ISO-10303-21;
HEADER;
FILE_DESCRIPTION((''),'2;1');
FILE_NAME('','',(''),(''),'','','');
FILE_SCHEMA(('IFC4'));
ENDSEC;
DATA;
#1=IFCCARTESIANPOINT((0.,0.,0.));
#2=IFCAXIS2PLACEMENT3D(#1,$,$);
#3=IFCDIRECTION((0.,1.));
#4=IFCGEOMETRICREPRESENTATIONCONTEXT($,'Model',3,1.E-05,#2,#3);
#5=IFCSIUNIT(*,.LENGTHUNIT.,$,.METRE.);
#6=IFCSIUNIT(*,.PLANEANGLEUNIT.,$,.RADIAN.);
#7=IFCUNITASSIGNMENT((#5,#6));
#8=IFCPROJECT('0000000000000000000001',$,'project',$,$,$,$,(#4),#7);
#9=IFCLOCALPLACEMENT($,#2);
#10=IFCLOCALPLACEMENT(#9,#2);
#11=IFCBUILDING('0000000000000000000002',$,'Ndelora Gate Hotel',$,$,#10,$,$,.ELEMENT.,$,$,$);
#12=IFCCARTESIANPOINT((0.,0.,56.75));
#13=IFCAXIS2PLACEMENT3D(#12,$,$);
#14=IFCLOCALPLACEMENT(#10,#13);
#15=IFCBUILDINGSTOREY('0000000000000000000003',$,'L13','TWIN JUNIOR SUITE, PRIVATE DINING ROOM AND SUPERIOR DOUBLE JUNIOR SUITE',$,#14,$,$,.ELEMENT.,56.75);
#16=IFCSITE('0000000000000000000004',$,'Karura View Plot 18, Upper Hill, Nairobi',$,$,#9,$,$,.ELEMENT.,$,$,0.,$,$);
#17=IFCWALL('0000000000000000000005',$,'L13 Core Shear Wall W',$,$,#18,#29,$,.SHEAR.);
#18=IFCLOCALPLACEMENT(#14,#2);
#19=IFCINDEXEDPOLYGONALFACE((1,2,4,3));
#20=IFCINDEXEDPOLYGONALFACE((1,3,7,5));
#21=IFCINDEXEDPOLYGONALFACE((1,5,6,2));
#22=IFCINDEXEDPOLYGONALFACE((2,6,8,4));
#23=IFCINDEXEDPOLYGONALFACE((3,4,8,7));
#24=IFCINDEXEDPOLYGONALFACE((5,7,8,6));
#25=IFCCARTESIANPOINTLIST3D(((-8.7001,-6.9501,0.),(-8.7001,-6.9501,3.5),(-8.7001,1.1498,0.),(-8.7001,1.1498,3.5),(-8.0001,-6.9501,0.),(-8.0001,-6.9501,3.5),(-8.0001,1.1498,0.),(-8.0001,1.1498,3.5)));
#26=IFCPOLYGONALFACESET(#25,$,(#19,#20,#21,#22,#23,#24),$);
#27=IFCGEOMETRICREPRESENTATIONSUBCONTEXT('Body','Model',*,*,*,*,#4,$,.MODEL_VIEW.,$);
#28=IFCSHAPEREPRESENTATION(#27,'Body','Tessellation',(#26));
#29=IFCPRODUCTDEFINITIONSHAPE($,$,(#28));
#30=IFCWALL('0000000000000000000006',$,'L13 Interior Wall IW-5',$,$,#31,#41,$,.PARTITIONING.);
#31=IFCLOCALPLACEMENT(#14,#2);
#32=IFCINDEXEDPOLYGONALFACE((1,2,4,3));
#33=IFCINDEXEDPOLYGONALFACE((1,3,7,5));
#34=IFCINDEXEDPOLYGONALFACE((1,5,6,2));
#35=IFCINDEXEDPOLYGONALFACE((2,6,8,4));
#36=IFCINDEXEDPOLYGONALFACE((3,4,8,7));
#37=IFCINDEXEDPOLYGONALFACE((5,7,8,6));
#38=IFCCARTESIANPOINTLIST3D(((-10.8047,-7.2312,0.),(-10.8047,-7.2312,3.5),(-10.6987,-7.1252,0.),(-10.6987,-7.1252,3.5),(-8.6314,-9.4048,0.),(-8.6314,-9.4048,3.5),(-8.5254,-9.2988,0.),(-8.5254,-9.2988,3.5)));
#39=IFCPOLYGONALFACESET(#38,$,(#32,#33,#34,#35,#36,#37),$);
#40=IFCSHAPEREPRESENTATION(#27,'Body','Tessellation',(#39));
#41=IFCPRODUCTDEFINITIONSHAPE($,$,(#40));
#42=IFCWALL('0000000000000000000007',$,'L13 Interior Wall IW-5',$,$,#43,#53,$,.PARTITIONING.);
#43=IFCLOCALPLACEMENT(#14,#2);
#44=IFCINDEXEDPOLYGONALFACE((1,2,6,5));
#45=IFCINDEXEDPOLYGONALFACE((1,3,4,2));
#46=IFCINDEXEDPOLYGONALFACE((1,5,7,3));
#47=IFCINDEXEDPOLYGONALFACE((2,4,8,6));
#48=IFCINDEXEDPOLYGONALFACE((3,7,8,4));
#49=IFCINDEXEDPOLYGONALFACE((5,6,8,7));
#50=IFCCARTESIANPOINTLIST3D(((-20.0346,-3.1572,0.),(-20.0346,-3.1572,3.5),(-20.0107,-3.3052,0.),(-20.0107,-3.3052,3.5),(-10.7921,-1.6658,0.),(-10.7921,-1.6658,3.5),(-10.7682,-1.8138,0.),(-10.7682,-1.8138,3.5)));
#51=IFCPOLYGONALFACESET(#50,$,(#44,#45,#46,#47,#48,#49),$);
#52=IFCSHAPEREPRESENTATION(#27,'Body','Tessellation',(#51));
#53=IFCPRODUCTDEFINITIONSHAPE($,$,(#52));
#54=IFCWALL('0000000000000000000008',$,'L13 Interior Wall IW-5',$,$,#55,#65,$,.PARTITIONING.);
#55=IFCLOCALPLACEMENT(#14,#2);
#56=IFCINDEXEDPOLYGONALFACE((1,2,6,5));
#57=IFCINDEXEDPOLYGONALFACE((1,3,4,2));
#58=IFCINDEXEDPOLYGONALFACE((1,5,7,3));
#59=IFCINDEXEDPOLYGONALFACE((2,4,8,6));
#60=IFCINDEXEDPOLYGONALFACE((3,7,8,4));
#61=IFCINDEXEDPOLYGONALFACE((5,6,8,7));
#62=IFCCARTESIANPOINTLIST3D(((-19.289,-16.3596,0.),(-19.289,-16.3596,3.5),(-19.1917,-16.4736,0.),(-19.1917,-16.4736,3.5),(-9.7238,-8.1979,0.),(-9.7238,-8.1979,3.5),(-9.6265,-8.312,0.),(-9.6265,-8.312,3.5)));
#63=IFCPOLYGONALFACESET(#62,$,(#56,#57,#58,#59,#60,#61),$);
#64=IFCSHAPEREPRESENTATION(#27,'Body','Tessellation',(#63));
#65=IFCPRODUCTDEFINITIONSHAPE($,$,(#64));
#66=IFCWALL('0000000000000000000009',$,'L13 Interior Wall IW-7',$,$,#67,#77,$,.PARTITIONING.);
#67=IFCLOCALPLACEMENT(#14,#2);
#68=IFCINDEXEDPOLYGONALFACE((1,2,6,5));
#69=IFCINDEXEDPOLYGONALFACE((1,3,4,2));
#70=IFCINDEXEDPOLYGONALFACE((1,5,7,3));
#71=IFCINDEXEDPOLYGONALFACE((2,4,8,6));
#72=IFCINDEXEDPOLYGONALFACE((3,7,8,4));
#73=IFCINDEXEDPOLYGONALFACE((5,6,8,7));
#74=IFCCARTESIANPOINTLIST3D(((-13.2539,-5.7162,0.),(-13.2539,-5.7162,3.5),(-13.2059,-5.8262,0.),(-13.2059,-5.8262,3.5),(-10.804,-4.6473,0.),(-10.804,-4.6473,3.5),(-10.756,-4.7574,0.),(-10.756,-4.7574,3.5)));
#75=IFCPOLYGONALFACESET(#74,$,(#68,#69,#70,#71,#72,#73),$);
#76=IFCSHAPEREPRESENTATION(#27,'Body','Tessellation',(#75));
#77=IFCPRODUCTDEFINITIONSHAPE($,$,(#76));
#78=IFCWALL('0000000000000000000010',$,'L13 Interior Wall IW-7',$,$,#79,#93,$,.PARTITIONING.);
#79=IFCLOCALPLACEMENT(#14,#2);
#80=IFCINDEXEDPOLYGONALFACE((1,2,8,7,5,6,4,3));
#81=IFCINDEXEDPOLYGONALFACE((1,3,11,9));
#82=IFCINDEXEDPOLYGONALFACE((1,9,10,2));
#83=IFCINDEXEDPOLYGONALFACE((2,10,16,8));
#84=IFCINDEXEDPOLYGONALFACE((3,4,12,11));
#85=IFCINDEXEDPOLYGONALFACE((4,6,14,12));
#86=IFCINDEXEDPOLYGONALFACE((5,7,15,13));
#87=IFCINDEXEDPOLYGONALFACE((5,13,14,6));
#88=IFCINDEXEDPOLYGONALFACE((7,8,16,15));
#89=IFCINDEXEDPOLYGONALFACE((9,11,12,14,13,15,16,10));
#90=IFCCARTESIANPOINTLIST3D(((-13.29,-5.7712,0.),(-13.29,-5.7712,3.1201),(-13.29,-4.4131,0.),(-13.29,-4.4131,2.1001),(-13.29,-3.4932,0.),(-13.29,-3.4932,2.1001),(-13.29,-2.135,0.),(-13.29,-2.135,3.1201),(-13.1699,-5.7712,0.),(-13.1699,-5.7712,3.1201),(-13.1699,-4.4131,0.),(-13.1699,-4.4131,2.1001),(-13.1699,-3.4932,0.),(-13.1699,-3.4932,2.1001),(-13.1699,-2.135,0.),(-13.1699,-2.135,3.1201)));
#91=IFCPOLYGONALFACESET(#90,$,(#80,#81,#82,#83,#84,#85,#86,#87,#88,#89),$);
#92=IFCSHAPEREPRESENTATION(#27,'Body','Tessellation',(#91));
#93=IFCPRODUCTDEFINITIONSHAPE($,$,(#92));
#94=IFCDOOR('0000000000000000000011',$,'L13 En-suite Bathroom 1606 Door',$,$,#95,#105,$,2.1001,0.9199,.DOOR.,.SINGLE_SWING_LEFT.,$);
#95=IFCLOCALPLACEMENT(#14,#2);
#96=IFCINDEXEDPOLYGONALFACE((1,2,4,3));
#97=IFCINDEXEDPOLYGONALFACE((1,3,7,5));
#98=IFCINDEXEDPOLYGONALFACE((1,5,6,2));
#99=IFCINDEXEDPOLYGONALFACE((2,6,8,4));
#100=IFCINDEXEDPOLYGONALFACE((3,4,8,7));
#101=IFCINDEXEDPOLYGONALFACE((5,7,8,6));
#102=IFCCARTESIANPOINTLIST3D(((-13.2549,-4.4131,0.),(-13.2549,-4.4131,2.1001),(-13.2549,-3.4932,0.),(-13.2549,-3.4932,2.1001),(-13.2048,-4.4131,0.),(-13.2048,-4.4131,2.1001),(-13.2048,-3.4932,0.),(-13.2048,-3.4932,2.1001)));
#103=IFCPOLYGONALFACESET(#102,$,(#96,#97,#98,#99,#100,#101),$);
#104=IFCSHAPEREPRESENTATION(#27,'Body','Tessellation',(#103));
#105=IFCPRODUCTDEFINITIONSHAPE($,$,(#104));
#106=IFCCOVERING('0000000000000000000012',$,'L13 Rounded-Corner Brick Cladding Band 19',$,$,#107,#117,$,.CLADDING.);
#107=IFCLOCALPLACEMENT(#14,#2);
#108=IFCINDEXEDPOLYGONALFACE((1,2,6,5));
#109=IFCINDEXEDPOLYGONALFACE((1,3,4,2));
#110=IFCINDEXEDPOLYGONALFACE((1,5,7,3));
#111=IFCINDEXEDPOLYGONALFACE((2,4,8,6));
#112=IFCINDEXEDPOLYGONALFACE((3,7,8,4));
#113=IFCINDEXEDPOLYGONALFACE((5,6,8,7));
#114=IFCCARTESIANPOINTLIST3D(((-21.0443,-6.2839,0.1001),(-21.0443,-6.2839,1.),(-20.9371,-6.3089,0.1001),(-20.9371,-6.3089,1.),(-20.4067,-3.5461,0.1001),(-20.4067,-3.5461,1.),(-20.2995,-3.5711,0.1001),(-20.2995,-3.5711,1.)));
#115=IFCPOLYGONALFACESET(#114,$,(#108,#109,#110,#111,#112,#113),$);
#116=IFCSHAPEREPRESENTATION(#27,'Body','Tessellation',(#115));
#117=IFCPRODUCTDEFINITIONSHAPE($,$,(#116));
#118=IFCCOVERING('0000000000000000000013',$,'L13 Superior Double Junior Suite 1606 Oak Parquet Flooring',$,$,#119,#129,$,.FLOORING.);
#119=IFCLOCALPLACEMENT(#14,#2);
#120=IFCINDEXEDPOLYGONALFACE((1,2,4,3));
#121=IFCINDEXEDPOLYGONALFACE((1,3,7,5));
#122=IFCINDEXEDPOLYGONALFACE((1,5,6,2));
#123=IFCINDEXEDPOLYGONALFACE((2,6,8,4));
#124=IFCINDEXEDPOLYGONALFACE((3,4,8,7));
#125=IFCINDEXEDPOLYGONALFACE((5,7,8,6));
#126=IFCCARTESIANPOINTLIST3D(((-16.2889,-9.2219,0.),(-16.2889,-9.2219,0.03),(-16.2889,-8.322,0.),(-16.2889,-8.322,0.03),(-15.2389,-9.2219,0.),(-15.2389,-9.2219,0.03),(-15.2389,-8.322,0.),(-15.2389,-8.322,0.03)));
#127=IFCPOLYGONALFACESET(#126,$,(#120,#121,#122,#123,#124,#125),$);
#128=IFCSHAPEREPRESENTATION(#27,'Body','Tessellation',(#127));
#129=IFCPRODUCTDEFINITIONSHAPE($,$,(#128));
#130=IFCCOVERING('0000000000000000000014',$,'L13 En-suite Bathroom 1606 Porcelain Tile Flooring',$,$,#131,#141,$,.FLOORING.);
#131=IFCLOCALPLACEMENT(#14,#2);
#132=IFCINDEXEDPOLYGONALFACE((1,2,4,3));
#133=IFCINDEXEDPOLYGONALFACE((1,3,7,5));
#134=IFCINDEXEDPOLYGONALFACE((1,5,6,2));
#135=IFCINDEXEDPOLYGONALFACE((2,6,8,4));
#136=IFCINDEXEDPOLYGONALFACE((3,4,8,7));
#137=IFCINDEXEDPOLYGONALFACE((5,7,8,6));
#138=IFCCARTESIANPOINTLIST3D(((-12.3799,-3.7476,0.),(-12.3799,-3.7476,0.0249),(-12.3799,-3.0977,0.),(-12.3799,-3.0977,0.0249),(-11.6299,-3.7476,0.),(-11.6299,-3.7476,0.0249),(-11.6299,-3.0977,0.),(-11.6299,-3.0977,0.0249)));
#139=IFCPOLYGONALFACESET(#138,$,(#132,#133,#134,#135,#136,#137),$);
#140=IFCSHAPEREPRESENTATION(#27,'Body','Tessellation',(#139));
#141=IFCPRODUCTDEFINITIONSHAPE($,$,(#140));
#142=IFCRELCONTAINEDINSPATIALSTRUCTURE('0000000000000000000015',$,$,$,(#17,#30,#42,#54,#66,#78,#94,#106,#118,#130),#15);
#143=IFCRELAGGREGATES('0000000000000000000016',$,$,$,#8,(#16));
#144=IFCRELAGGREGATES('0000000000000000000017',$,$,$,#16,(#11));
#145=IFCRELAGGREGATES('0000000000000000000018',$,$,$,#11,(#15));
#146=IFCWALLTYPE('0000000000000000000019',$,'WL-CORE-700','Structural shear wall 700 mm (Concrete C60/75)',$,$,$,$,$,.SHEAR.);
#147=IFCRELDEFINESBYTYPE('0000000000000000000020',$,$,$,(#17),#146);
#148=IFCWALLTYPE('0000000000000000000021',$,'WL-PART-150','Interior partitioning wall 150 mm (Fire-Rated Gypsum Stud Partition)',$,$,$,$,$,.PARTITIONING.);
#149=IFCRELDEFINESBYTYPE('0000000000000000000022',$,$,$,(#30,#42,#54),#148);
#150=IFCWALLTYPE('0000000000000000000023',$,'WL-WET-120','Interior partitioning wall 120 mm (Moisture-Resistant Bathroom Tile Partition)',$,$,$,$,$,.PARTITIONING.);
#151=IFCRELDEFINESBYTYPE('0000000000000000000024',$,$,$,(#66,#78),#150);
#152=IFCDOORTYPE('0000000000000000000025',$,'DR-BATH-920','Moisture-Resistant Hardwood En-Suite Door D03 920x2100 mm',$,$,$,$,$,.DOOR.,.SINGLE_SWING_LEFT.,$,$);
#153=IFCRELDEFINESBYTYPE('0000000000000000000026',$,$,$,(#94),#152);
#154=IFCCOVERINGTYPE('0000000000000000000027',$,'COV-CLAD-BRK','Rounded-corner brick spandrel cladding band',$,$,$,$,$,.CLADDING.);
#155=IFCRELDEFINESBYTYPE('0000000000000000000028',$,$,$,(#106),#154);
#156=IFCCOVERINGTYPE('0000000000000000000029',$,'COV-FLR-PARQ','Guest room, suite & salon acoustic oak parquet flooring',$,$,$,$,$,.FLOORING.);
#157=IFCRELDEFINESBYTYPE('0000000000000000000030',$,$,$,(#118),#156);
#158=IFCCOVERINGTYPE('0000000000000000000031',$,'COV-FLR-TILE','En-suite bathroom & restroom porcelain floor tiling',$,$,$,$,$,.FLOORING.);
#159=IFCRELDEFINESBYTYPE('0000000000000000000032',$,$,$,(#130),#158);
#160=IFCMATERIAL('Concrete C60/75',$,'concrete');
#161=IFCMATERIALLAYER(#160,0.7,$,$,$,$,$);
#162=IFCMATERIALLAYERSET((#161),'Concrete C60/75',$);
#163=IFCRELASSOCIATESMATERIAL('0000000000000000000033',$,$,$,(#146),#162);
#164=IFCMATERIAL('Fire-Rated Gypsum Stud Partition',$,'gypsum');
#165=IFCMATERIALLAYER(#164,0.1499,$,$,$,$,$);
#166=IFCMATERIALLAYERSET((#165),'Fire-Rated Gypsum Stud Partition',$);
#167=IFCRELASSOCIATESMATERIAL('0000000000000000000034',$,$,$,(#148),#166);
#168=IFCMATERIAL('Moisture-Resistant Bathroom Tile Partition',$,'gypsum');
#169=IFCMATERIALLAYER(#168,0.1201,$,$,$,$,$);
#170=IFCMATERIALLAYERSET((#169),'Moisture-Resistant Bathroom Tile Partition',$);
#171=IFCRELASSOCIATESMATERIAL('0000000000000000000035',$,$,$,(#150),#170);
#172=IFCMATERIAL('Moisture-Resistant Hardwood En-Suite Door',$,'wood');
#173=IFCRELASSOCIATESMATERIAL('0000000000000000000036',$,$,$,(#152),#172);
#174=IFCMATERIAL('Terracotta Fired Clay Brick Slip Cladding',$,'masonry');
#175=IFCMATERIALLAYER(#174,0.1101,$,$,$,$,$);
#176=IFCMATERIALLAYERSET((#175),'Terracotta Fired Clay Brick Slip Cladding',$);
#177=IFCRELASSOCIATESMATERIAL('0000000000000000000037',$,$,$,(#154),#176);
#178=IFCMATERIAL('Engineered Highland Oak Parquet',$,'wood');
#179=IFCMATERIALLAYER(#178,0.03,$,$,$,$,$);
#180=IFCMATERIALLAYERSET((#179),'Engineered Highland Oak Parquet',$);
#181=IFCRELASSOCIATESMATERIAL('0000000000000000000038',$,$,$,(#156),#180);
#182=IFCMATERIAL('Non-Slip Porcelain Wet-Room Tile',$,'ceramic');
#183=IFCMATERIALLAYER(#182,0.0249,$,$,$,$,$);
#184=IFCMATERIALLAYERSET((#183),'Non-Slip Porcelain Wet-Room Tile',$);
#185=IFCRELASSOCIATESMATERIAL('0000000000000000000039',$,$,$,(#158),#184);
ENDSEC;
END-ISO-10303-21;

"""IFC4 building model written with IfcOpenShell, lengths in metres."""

from ifc_helpers import new_model, si_unit, direction, frame, frame_2d, origin, origin_2d, place, context, subcontext, project, spatial, rectangle, extrude, material, layer, layer_set, type_object, element, fill, save


model = new_model("IFC4")

# Units and contexts
model_context = context("Model", 3, precision=1e-05, world=origin(), true_north=direction((0.0, 1.0)))
body_context = subcontext(model_context, "Body", "Model", "MODEL_VIEW")
ifc_project = project(units=[si_unit("LENGTHUNIT", "METRE"), si_unit("PLANEANGLEUNIT", "RADIAN")], contexts=[model_context])

# Site, building, storey
site_placement = place(None, origin())
site = spatial("IfcSite", under=ifc_project, at=site_placement, Name="Karura View Plot 18, Upper Hill, Nairobi", CompositionType="ELEMENT", RefElevation=0.0)
building_placement = place(site_placement, origin())
building = spatial("IfcBuilding", under=site, at=building_placement, Name="Ndelora Gate Hotel", CompositionType="ELEMENT")
storey_placement = place(building_placement, frame((0.0, 0.0, 56.75)))
storey = spatial("IfcBuildingStorey", under=building, at=storey_placement, Name="L13", Description="TWIN JUNIOR SUITE, PRIVATE DINING ROOM AND SUPERIOR DOUBLE JUNIOR SUITE", CompositionType="ELEMENT", Elevation=56.75)

# Shared definitions
ifc_material_1 = material(Name="Concrete C60/75", Category="concrete")

# Wall
ifc_layer_1 = layer(ifc_material_1, 0.7)
ifc_layer_set_1 = layer_set([ifc_layer_1], Name="Concrete C60/75")
wall_type_1 = type_object("IfcWallType", Name="WL-CORE-700", Description="Structural shear wall 700 mm (Concrete C60/75)", PredefinedType="SHEAR", material=ifc_layer_set_1)
wall_1_placement = place(storey_placement, frame((-8.3501, -6.95, 0.0), z_axis=(0.0, 0.0, 1.0), x_axis=(0.0, 1.0, 0.0)))
element("IfcWall", 1, at=wall_1_placement, inside=storey, type_object=wall_type_1, Name="L13 Core Shear Wall W", PredefinedType="SHEAR", context=body_context, shape_type="SweptSolid", body=[
    extrude(rectangle(XDim=8.0999, YDim=0.7, at=frame_2d((4.0498, 0.0))), origin(), (0.0, 0.0, 1.0), 3.5),
])

# Shared definitions
ifc_material_2 = material(Name="Fire-Rated Gypsum Stud Partition", Category="gypsum")
ifc_layer_2 = layer(ifc_material_2, 0.1499)
ifc_layer_set_2 = layer_set([ifc_layer_2], Name="Fire-Rated Gypsum Stud Partition")
wall_type_2 = type_object("IfcWallType", Name="WL-PART-150", Description="Interior partitioning wall 150 mm (Fire-Rated Gypsum Stud Partition)", PredefinedType="PARTITIONING", material=ifc_layer_set_2)

# Walls
wall_2_placement = place(storey_placement, frame((-8.5784, -9.3518, 0.0), z_axis=(0.0, 0.0, 1.0), x_axis=(-0.707067, 0.707146, 0.0)))
element("IfcWall", 2, at=wall_2_placement, inside=storey, type_object=wall_type_2, Name="L13 Interior Wall IW-5", PredefinedType="PARTITIONING", context=body_context, shape_type="SweptSolid", body=[
    extrude(rectangle(XDim=3.0737, YDim=0.1499, at=frame_2d((1.5369, 0.0))), origin(), (0.0, 0.0, 1.0), 3.5),
])
wall_3_placement = place(storey_placement, frame((-10.78, -1.7397, 0.0), z_axis=(0.0, 0.0, 1.0), x_axis=(-0.987229, -0.15931, 0.0)))
element("IfcWall", 3, at=wall_3_placement, inside=storey, type_object=wall_type_2, Name="L13 Interior Wall IW-5", PredefinedType="PARTITIONING", context=body_context, shape_type="SweptSolid", body=[
    extrude(rectangle(XDim=9.3621, YDim=0.1499, at=frame_2d((4.6812, 0.0))), origin(), (0.0, 0.0, 1.0), 3.5),
])
wall_4_placement = place(storey_placement, frame((-9.675, -8.2549, 0.0), z_axis=(0.0, 0.0, 1.0), x_axis=(-0.760713, -0.649088, 0.0)))
element("IfcWall", 4, at=wall_4_placement, inside=storey, type_object=wall_type_2, Name="L13 Interior Wall IW-5", PredefinedType="PARTITIONING", context=body_context, shape_type="SweptSolid", body=[
    extrude(rectangle(XDim=12.574, YDim=0.1499, at=frame_2d((6.2871, 0.0))), origin(), (0.0, 0.0, 1.0), 3.5),
])
ifc_material_3 = material(Name="Moisture-Resistant Bathroom Tile Partition", Category="gypsum")
ifc_layer_3 = layer(ifc_material_3, 0.1201)
ifc_layer_set_3 = layer_set([ifc_layer_3], Name="Moisture-Resistant Bathroom Tile Partition")
wall_type_3 = type_object("IfcWallType", Name="WL-WET-120", Description="Interior partitioning wall 120 mm (Moisture-Resistant Bathroom Tile Partition)", PredefinedType="PARTITIONING", material=ifc_layer_set_3)
wall_5_placement = place(storey_placement, frame((-10.78, -4.7024, 0.0), z_axis=(0.0, 0.0, 1.0), x_axis=(-0.91657, -0.399875, 0.0)))
element("IfcWall", 5, at=wall_5_placement, inside=storey, type_object=wall_type_3, Name="L13 Interior Wall IW-7", PredefinedType="PARTITIONING", context=body_context, shape_type="SweptSolid", body=[
    extrude(rectangle(XDim=2.6729, YDim=0.1201, at=frame_2d((1.3364, 0.0))), origin(), (0.0, 0.0, 1.0), 3.5),
])

# Wall, opening, door
wall_6_placement = place(storey_placement, frame((-13.23, -5.7712, 0.0), z_axis=(0.0, 0.0, 1.0), x_axis=(0.0, 1.0, 0.0)))
wall_6 = element("IfcWall", 6, at=wall_6_placement, inside=storey, type_object=wall_type_3, Name="L13 Interior Wall IW-7", PredefinedType="PARTITIONING", context=body_context, shape_type="SweptSolid", body=[
    extrude(rectangle(XDim=3.6362, YDim=0.1201, at=frame_2d((1.8181, 0.0))), origin(), (0.0, 0.0, 1.0), 3.1201),
])
opening_1_placement = place(wall_6_placement, frame((1.3582, 0.0, 0.0)))
opening_1 = element("IfcOpeningElement", 7, at=opening_1_placement, cuts=wall_6, PredefinedType="OPENING", context=body_context, shape_type="SweptSolid", body=[
    extrude(rectangle(XDim=0.9199, YDim=2.1001, at=frame_2d((0.46, 1.05))), frame((0.0, 0.0701, 0.0), z_axis=(0.0, -1.0, 0.0), x_axis=(1.0, 0.0, 0.0)), (0.0, 0.0, 1.0), 0.1401),
])
ifc_material_4 = material(Name="Moisture-Resistant Hardwood En-Suite Door", Category="wood")
door_type_1 = type_object("IfcDoorType", Name="DR-BATH-920", Description="Moisture-Resistant Hardwood En-Suite Door D03 920x2100 mm", OperationType="SINGLE_SWING_LEFT", PredefinedType="DOOR", material=ifc_material_4)
door_1_placement = place(opening_1_placement, origin())
door_1 = element("IfcDoor", 8, at=door_1_placement, inside=storey, type_object=door_type_1, Name="L13 En-suite Bathroom 1606 Door", OperationType="SINGLE_SWING_LEFT", OverallHeight=2.1001, OverallWidth=0.9199, PredefinedType="DOOR", context=body_context, shape_type="SweptSolid", body=[
    extrude(rectangle(XDim=0.9199, YDim=2.1001, at=frame_2d((0.46, 1.05))), frame((0.0, 0.0249, 0.0), z_axis=(0.0, -1.0, 0.0), x_axis=(1.0, 0.0, 0.0)), (0.0, 0.0, 1.0), 0.05),
])
fill(opening_1, door_1)

# Coverings
ifc_material_5 = material(Name="Terracotta Fired Clay Brick Slip Cladding", Category="masonry")
ifc_layer_4 = layer(ifc_material_5, 0.1101)
ifc_layer_set_4 = layer_set([ifc_layer_4], Name="Terracotta Fired Clay Brick Slip Cladding")
covering_type_1 = type_object("IfcCoveringType", Name="COV-CLAD-BRK", Description="Rounded-corner brick spandrel cladding band", PredefinedType="CLADDING", material=ifc_layer_set_4)
covering_1_placement = place(storey_placement, frame((-20.6719, -4.9275, 0.1001), z_axis=(0.0, 0.0, 1.0), x_axis=(0.226821, 0.973936, 0.0)))
element("IfcCovering", 9, at=covering_1_placement, inside=storey, type_object=covering_type_1, Name="L13 Rounded-Corner Brick Cladding Band 19", PredefinedType="CLADDING", context=body_context, shape_type="SweptSolid", body=[
    extrude(rectangle(XDim=2.811, YDim=0.1101, at=origin_2d()), origin(), (0.0, 0.0, 1.0), 0.8999),
])
ifc_material_6 = material(Name="Engineered Highland Oak Parquet", Category="wood")
ifc_layer_5 = layer(ifc_material_6, 0.03)
ifc_layer_set_5 = layer_set([ifc_layer_5], Name="Engineered Highland Oak Parquet")
covering_type_2 = type_object("IfcCoveringType", Name="COV-FLR-PARQ", Description="Guest room, suite & salon acoustic oak parquet flooring", PredefinedType="FLOORING", material=ifc_layer_set_5)
covering_2_placement = place(storey_placement, frame((-15.7639, -8.772, 0.0), z_axis=(0.0, 0.0, 1.0), x_axis=(1.0, 0.0, 0.0)))
element("IfcCovering", 10, at=covering_2_placement, inside=storey, type_object=covering_type_2, Name="L13 Superior Double Junior Suite 1606 Oak Parquet Flooring", PredefinedType="FLOORING", context=body_context, shape_type="SweptSolid", body=[
    extrude(rectangle(XDim=1.05, YDim=0.8999, at=origin_2d()), origin(), (0.0, 0.0, 1.0), 0.03),
])
ifc_material_7 = material(Name="Non-Slip Porcelain Wet-Room Tile", Category="ceramic")
ifc_layer_6 = layer(ifc_material_7, 0.0249)
ifc_layer_set_6 = layer_set([ifc_layer_6], Name="Non-Slip Porcelain Wet-Room Tile")
covering_type_3 = type_object("IfcCoveringType", Name="COV-FLR-TILE", Description="En-suite bathroom & restroom porcelain floor tiling", PredefinedType="FLOORING", material=ifc_layer_set_6)
covering_3_placement = place(storey_placement, frame((-12.0049, -3.4226, 0.0), z_axis=(0.0, 0.0, 1.0), x_axis=(1.0, 0.0, 0.0)))
element("IfcCovering", 11, at=covering_3_placement, inside=storey, type_object=covering_type_3, Name="L13 En-suite Bathroom 1606 Porcelain Tile Flooring", PredefinedType="FLOORING", context=body_context, shape_type="SweptSolid", body=[
    extrude(rectangle(XDim=0.75, YDim=0.6499, at=origin_2d()), origin(), (0.0, 0.0, 1.0), 0.0249),
])

save(model, "model.ifc")
